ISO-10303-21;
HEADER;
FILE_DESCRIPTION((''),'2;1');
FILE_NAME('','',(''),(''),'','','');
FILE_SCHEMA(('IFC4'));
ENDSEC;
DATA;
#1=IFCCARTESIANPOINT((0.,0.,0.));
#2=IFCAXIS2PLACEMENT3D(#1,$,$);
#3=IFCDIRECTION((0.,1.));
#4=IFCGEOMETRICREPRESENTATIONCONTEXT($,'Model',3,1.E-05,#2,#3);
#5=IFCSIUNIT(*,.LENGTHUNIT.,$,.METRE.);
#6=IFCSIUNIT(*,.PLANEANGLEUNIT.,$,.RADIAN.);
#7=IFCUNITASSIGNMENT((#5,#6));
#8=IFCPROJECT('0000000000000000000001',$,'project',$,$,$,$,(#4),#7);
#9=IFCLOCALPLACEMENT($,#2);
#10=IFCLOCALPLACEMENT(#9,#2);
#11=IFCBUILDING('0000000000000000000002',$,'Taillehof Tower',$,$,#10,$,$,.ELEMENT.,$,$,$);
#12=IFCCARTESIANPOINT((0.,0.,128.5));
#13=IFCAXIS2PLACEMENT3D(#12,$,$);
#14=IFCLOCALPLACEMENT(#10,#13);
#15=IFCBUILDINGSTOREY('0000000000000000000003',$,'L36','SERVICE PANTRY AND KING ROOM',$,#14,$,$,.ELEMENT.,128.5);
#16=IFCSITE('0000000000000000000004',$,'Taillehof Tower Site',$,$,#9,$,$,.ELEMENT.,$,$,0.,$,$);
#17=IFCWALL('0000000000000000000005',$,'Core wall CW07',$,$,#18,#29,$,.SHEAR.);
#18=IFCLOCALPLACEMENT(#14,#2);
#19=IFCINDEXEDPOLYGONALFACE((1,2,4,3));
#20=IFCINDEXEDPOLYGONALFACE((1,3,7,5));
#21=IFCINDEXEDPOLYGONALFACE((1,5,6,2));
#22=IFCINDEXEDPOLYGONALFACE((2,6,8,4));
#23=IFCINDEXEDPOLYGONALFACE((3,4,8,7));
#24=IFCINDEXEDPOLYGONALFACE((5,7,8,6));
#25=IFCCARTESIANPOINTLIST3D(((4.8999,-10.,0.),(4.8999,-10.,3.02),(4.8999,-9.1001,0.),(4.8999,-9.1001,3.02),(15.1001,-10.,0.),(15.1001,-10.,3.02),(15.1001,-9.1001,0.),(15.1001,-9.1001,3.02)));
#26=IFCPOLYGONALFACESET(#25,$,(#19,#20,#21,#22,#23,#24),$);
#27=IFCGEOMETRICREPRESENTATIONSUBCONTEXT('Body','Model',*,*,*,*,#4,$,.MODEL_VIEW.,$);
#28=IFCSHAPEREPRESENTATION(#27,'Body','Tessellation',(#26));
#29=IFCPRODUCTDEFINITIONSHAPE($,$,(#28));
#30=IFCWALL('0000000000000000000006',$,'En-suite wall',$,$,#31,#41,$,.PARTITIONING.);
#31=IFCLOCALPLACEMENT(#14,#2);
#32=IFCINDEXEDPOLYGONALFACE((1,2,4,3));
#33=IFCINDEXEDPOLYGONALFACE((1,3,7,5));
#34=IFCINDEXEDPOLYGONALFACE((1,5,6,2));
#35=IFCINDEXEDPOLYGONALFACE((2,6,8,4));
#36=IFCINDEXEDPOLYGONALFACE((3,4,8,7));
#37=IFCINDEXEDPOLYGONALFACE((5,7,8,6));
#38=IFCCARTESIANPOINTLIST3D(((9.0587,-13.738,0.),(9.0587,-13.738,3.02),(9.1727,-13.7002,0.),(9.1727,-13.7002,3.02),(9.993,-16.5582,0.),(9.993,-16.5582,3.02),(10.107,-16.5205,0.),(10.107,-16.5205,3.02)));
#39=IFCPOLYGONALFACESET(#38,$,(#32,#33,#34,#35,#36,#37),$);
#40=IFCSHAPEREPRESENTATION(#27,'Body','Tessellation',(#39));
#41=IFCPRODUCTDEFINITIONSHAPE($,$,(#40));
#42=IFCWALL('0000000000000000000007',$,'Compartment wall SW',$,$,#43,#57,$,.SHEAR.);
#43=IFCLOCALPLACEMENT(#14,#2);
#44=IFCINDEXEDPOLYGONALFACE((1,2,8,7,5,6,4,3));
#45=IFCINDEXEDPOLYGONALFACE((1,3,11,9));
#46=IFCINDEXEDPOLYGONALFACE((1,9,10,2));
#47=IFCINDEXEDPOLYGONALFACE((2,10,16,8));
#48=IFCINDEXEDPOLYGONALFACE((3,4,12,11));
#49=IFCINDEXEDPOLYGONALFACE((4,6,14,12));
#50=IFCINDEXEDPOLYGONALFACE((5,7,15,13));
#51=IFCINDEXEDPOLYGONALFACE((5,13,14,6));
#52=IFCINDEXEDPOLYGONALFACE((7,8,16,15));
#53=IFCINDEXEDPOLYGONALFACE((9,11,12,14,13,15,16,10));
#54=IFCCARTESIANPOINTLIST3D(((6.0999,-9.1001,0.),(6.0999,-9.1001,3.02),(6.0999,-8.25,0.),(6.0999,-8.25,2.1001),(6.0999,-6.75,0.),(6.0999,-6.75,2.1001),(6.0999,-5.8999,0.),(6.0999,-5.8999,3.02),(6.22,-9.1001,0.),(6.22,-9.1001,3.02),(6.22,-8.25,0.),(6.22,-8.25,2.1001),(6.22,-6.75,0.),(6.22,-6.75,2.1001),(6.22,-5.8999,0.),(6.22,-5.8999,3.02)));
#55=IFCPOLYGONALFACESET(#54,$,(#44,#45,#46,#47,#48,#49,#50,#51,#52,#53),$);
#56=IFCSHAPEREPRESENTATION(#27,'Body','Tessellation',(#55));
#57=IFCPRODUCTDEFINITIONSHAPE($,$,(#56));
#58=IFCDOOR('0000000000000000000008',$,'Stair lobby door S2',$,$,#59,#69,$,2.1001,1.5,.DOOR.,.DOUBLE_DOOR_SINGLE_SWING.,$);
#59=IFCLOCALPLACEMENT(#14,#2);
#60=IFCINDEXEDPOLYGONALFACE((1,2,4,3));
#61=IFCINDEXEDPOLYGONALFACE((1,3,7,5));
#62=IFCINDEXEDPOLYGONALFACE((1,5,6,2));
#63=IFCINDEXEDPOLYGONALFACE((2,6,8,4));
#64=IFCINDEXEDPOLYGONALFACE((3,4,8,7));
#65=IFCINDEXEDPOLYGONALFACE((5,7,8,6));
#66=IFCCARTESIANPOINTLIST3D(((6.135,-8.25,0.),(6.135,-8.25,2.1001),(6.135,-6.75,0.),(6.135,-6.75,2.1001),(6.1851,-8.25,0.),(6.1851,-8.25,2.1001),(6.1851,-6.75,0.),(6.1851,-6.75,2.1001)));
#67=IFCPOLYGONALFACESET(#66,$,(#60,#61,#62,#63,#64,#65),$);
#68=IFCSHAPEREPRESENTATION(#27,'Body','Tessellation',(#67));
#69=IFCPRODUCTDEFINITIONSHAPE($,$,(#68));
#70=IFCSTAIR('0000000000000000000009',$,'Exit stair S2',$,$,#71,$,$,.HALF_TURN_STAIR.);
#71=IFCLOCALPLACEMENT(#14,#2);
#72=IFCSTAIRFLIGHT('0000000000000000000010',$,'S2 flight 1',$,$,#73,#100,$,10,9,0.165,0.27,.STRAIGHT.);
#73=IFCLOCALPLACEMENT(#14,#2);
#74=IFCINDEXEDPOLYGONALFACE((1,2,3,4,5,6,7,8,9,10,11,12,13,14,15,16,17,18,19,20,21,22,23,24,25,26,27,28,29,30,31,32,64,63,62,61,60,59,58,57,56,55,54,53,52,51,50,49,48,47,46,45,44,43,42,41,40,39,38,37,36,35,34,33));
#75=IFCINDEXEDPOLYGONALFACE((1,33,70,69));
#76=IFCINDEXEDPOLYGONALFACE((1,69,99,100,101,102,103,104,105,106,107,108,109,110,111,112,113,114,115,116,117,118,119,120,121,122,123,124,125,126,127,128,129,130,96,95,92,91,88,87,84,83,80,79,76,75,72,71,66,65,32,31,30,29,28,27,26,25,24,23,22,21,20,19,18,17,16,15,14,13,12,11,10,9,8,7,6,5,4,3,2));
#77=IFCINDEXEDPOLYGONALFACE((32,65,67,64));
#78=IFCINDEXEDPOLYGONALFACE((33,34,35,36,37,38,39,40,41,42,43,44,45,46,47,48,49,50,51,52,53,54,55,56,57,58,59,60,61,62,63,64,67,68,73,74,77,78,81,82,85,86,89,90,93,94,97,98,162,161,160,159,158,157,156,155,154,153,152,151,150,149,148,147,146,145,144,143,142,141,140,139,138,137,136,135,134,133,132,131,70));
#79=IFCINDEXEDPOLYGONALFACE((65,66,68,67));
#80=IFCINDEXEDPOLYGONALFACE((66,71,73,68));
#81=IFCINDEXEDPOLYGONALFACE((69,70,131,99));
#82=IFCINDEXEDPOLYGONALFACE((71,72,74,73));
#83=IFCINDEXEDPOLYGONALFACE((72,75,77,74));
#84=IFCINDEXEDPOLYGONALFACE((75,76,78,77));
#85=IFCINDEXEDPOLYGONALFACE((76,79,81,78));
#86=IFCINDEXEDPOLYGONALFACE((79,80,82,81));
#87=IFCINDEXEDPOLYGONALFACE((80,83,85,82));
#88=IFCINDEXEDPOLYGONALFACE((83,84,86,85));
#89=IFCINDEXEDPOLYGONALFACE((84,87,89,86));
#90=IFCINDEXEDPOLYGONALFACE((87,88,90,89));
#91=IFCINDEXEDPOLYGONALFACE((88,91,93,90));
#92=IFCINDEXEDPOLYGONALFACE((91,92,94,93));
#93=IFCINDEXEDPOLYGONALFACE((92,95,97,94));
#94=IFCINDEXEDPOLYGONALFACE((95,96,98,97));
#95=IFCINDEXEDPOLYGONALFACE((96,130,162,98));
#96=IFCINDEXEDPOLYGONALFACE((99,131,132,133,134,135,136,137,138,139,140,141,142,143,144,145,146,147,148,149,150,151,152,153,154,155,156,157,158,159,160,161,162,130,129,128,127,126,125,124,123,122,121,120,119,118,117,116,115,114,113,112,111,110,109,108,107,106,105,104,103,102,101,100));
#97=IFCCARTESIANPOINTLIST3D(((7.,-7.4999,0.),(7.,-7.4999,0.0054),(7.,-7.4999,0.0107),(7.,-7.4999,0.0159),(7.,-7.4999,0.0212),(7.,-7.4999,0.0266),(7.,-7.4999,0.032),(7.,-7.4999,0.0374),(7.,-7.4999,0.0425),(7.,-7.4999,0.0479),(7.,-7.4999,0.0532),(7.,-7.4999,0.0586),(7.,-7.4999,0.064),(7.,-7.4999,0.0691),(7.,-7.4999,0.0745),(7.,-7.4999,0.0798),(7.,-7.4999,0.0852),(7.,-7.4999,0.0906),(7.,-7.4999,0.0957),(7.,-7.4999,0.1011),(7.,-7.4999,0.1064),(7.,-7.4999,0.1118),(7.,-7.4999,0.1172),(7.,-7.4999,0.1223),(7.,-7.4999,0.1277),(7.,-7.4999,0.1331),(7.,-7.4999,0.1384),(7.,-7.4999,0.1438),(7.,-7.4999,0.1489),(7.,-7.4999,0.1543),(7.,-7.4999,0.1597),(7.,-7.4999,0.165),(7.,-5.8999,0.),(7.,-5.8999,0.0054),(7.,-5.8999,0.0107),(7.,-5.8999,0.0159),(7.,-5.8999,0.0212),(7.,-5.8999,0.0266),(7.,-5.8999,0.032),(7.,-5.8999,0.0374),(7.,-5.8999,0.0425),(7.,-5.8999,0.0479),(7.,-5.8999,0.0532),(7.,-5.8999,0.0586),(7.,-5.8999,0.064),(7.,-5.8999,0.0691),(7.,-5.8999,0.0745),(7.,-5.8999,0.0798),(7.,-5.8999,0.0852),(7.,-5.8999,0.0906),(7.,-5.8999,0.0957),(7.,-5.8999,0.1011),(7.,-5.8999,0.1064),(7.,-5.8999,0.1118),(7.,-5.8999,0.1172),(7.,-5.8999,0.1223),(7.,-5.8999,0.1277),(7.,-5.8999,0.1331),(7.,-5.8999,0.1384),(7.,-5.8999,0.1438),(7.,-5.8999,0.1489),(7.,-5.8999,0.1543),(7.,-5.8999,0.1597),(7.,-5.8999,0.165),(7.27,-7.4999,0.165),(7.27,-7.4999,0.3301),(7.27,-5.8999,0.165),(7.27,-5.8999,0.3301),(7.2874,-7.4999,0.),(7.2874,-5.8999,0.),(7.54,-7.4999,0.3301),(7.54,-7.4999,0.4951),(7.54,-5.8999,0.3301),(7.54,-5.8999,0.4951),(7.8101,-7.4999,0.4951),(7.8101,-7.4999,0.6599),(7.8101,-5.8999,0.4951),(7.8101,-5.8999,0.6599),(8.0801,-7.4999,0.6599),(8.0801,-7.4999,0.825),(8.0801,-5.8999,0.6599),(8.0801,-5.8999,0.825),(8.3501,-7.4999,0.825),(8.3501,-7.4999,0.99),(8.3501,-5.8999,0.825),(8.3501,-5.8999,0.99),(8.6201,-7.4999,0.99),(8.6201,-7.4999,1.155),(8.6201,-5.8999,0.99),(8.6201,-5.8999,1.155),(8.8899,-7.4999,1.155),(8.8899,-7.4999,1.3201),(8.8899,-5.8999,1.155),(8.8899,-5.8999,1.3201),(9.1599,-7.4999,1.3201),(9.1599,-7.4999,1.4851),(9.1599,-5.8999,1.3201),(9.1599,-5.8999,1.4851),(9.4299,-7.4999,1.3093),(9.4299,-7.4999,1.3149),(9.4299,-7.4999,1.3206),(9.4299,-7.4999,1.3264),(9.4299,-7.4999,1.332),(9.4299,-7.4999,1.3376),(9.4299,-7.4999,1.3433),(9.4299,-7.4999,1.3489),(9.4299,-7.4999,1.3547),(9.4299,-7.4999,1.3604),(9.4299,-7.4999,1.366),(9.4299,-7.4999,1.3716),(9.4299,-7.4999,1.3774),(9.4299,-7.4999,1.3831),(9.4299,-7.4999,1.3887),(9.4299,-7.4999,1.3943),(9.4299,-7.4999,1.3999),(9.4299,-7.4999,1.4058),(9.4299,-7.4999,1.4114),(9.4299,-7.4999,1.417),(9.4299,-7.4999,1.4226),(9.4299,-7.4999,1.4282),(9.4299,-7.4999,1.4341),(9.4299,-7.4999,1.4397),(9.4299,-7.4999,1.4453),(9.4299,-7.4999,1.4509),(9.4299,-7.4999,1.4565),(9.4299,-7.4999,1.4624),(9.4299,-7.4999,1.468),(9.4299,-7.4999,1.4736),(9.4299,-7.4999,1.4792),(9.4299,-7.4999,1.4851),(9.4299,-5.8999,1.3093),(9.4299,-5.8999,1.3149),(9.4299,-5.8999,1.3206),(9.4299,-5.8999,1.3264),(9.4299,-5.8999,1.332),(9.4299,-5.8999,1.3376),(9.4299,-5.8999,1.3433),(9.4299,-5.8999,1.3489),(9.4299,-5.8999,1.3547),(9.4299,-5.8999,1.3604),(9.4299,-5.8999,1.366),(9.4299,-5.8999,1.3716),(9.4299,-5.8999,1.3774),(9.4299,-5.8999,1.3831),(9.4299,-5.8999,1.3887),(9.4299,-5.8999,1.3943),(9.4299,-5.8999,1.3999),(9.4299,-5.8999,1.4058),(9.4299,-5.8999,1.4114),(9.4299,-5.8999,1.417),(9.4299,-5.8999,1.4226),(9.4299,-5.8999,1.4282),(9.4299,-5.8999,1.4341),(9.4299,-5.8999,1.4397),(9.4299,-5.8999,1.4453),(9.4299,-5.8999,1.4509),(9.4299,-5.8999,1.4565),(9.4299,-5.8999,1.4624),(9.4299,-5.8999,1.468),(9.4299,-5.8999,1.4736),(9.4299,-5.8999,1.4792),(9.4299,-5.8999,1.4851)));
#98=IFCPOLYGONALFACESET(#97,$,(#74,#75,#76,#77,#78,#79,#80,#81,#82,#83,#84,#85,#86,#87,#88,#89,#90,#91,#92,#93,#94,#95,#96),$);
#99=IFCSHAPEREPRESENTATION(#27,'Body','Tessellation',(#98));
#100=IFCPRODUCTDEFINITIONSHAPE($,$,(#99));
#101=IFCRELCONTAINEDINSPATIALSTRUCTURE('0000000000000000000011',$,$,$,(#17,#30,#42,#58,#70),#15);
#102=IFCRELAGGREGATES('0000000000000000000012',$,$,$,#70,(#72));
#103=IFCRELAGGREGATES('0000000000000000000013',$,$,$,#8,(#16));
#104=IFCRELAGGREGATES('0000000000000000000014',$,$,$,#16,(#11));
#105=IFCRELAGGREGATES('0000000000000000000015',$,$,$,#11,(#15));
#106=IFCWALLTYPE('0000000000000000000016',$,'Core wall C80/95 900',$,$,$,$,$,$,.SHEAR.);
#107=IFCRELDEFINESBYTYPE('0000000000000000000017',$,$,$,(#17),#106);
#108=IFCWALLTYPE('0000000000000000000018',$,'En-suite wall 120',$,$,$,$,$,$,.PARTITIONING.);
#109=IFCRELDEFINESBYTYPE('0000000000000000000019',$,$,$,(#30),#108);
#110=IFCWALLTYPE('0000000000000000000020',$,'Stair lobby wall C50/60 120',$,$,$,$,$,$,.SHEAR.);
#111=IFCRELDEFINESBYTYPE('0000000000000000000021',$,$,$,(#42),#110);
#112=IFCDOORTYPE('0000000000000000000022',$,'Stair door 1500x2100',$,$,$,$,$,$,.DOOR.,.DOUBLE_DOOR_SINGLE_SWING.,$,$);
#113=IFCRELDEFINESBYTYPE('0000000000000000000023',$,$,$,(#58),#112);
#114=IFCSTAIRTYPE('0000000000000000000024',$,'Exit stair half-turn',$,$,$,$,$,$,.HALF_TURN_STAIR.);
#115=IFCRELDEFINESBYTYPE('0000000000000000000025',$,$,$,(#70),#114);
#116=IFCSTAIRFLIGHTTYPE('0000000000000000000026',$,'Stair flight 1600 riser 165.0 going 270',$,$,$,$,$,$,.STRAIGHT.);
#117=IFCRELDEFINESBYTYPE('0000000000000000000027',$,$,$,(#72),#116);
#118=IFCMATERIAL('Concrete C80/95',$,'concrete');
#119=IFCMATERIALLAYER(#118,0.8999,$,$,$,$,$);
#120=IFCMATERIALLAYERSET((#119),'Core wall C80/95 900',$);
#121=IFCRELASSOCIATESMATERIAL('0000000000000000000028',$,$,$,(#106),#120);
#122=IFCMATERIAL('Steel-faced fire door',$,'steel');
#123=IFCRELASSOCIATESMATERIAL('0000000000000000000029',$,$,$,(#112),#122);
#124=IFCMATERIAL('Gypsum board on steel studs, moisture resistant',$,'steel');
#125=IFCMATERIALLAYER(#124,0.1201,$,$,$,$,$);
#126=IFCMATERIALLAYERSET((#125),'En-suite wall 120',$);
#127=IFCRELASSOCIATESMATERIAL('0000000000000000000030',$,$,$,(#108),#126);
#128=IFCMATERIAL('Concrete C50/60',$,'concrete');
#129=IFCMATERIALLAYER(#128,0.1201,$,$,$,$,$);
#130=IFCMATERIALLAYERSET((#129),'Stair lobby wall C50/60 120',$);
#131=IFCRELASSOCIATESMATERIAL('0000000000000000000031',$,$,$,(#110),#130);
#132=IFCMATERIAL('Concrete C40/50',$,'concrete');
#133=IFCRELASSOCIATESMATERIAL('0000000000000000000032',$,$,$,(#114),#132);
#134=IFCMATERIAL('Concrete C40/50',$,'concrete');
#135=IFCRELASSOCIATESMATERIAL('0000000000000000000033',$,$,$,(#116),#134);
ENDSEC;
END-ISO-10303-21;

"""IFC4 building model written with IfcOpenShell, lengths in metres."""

from ifc_helpers import new_model, si_unit, direction, frame, frame_2d, origin, place, context, subcontext, project, spatial, polyline, rectangle, outline, extrude, material, layer, layer_set, type_object, element, fill, aggregate, save


model = new_model("IFC4")

# Units and contexts
model_context = context("Model", 3, precision=1e-05, world=origin(), true_north=direction((0.0, 1.0)))
body_context = subcontext(model_context, "Body", "Model", "MODEL_VIEW")
ifc_project = project(units=[si_unit("LENGTHUNIT", "METRE"), si_unit("PLANEANGLEUNIT", "RADIAN")], contexts=[model_context])

# Site, building, storey
site_placement = place(None, origin())
site = spatial("IfcSite", under=ifc_project, at=site_placement, Name="Taillehof Tower Site", CompositionType="ELEMENT", RefElevation=0.0)
building_placement = place(site_placement, origin())
building = spatial("IfcBuilding", under=site, at=building_placement, Name="Taillehof Tower", CompositionType="ELEMENT")
storey_placement = place(building_placement, frame((0.0, 0.0, 128.5)))
storey = spatial("IfcBuildingStorey", under=building, at=storey_placement, Name="L36", Description="SERVICE PANTRY AND KING ROOM", CompositionType="ELEMENT", Elevation=128.5)

# Shared definitions
ifc_material_1 = material(Name="Concrete C80/95", Category="concrete")
ifc_layer_1 = layer(ifc_material_1, 0.8999)
ifc_layer_set_1 = layer_set([ifc_layer_1], Name="Core wall C80/95 900")
wall_type_1 = type_object("IfcWallType", Name="Core wall C80/95 900", PredefinedType="SHEAR", material=ifc_layer_set_1)
ifc_material_2 = material(Name="Steel-faced fire door", Category="steel")
door_type_1 = type_object("IfcDoorType", Name="Stair door 1500x2100", OperationType="DOUBLE_DOOR_SINGLE_SWING", PredefinedType="DOOR", material=ifc_material_2)

# Walls
wall_1_placement = place(storey_placement, frame((4.8999, -9.55, 0.0), z_axis=(0.0, 0.0, 1.0), x_axis=(1.0, 0.0, 0.0)))
element("IfcWall", 1, at=wall_1_placement, inside=storey, type_object=wall_type_1, Name="Core wall CW07", PredefinedType="SHEAR", context=body_context, shape_type="SweptSolid", body=[
    extrude(rectangle(XDim=10.2002, YDim=0.8999, at=frame_2d((5.1001, 0.0))), origin(), (0.0, 0.0, 1.0), 3.02),
])
ifc_material_3 = material(Name="Gypsum board on steel studs, moisture resistant", Category="steel")
ifc_layer_2 = layer(ifc_material_3, 0.1201)
ifc_layer_set_2 = layer_set([ifc_layer_2], Name="En-suite wall 120")
wall_type_2 = type_object("IfcWallType", Name="En-suite wall 120", PredefinedType="PARTITIONING", material=ifc_layer_set_2)
wall_2_placement = place(storey_placement, frame((9.1157, -13.7192, 0.0), z_axis=(0.0, 0.0, 1.0), x_axis=(0.314477, -0.949265, 0.0)))
element("IfcWall", 2, at=wall_2_placement, inside=storey, type_object=wall_type_2, Name="En-suite wall", PredefinedType="PARTITIONING", context=body_context, shape_type="SweptSolid", body=[
    extrude(rectangle(XDim=2.9709, YDim=0.1201, at=frame_2d((1.4854, 0.0))), origin(), (0.0, 0.0, 1.0), 3.02),
])

# Wall, opening, door
ifc_material_4 = material(Name="Concrete C50/60", Category="concrete")
ifc_layer_3 = layer(ifc_material_4, 0.1201)
ifc_layer_set_3 = layer_set([ifc_layer_3], Name="Stair lobby wall C50/60 120")
wall_type_3 = type_object("IfcWallType", Name="Stair lobby wall C50/60 120", PredefinedType="SHEAR", material=ifc_layer_set_3)
wall_3_placement = place(storey_placement, frame((6.1599, -9.1001, 0.0), z_axis=(0.0, 0.0, 1.0), x_axis=(0.0, 1.0, 0.0)))
wall_3 = element("IfcWall", 3, at=wall_3_placement, inside=storey, type_object=wall_type_3, Name="Compartment wall SW", PredefinedType="SHEAR", context=body_context, shape_type="SweptSolid", body=[
    extrude(rectangle(XDim=3.2002, YDim=0.1201, at=frame_2d((1.6001, 0.0))), origin(), (0.0, 0.0, 1.0), 3.02),
])
opening_1_placement = place(wall_3_placement, frame((0.8501, 0.0, 0.0)))
opening_1 = element("IfcOpeningElement", 4, at=opening_1_placement, cuts=wall_3, PredefinedType="OPENING", context=body_context, shape_type="SweptSolid", body=[
    extrude(rectangle(XDim=1.5, YDim=2.1001, at=frame_2d((0.75, 1.05))), frame((0.0, 0.0701, 0.0), z_axis=(0.0, -1.0, 0.0), x_axis=(1.0, 0.0, 0.0)), (0.0, 0.0, 1.0), 0.1401),
])
door_1_placement = place(opening_1_placement, origin())
door_1 = element("IfcDoor", 5, at=door_1_placement, inside=storey, type_object=door_type_1, Name="Stair lobby door S2", OperationType="DOUBLE_DOOR_SINGLE_SWING", OverallHeight=2.1001, OverallWidth=1.5, PredefinedType="DOOR", context=body_context, shape_type="SweptSolid", body=[
    extrude(rectangle(XDim=1.5, YDim=2.1001, at=frame_2d((0.75, 1.05))), frame((0.0, 0.0249, 0.0), z_axis=(0.0, -1.0, 0.0), x_axis=(1.0, 0.0, 0.0)), (0.0, 0.0, 1.0), 0.05),
])
fill(opening_1, door_1)

# Stair, stair flight
ifc_material_5 = material(Name="Concrete C40/50", Category="concrete")
stair_type = type_object("IfcStairType", Name="Exit stair half-turn", PredefinedType="HALF_TURN_STAIR", material=ifc_material_5)
stair_placement = place(storey_placement, origin())
stair = element("IfcStair", 6, at=stair_placement, inside=storey, type_object=stair_type, Name="Exit stair S2", PredefinedType="HALF_TURN_STAIR")
ifc_material_6 = material(Name="Concrete C40/50", Category="concrete")
stair_flight_type = type_object("IfcStairFlightType", Name="Stair flight 1600 riser 165.0 going 270", PredefinedType="STRAIGHT", material=ifc_material_6)
stair_flight_1_placement = place(storey_placement, frame((7.0, -6.7, 0.0), z_axis=(0.0, 0.0, 1.0), x_axis=(1.0, 0.0, 0.0)))
stair_flight_1 = element("IfcStairFlight", 7, at=stair_flight_1_placement, type_object=stair_flight_type, Name="S2 flight 1", NumberOfRisers=10, NumberOfTreads=9, PredefinedType="STRAIGHT", RiserHeight=0.165, TreadLength=0.27, context=body_context, shape_type="SweptSolid", body=[
    extrude(outline(polyline([(0.0, 0.0), (0.0, 0.0054), (0.0, 0.0107), (0.0, 0.0159), (0.0, 0.0212), (0.0, 0.0266), (0.0, 0.032), (0.0, 0.0374), (0.0, 0.0425), (0.0, 0.0479), (0.0, 0.0532), (0.0, 0.0586), (0.0, 0.064), (0.0, 0.0691), (0.0, 0.0745), (0.0, 0.0798), (0.0, 0.0852), (0.0, 0.0906), (0.0, 0.0957), (0.0, 0.1011), (0.0, 0.1064), (0.0, 0.1118), (0.0, 0.1172), (0.0, 0.1223), (0.0, 0.1277), (0.0, 0.1331), (0.0, 0.1384), (0.0, 0.1438), (0.0, 0.1489), (0.0, 0.1543), (0.0, 0.1597), (0.0, 0.165), (0.27, 0.165), (0.27, 0.3301), (0.54, 0.3301), (0.54, 0.4951), (0.8101, 0.4951), (0.8101, 0.6599), (1.0801, 0.6599), (1.0801, 0.825), (1.3501, 0.825), (1.3501, 0.99), (1.6201, 0.99), (1.6201, 1.155), (1.8899, 1.155), (1.8899, 1.3201), (2.1599, 1.3201), (2.1599, 1.4851), (2.4299, 1.4851), (2.4299, 1.4792), (2.4299, 1.4736), (2.4299, 1.468), (2.4299, 1.4624), (2.4299, 1.4565), (2.4299, 1.4509), (2.4299, 1.4453), (2.4299, 1.4397), (2.4299, 1.4341), (2.4299, 1.4282), (2.4299, 1.4226), (2.4299, 1.417), (2.4299, 1.4114), (2.4299, 1.4058), (2.4299, 1.3999), (2.4299, 1.3943), (2.4299, 1.3887), (2.4299, 1.3831), (2.4299, 1.3774), (2.4299, 1.3716), (2.4299, 1.366), (2.4299, 1.3604), (2.4299, 1.3547), (2.4299, 1.3489), (2.4299, 1.3433), (2.4299, 1.3376), (2.4299, 1.332), (2.4299, 1.3264), (2.4299, 1.3206), (2.4299, 1.3149), (2.4299, 1.3093), (0.2874, 0.0), (0.0, 0.0)])), frame((0.0, 0.8, 0.0), z_axis=(0.0, -1.0, 0.0), x_axis=(1.0, 0.0, 0.0)), (0.0, 0.0, 1.0), 1.6),
])
aggregate(stair, [stair_flight_1])

save(model, "model.ifc")
